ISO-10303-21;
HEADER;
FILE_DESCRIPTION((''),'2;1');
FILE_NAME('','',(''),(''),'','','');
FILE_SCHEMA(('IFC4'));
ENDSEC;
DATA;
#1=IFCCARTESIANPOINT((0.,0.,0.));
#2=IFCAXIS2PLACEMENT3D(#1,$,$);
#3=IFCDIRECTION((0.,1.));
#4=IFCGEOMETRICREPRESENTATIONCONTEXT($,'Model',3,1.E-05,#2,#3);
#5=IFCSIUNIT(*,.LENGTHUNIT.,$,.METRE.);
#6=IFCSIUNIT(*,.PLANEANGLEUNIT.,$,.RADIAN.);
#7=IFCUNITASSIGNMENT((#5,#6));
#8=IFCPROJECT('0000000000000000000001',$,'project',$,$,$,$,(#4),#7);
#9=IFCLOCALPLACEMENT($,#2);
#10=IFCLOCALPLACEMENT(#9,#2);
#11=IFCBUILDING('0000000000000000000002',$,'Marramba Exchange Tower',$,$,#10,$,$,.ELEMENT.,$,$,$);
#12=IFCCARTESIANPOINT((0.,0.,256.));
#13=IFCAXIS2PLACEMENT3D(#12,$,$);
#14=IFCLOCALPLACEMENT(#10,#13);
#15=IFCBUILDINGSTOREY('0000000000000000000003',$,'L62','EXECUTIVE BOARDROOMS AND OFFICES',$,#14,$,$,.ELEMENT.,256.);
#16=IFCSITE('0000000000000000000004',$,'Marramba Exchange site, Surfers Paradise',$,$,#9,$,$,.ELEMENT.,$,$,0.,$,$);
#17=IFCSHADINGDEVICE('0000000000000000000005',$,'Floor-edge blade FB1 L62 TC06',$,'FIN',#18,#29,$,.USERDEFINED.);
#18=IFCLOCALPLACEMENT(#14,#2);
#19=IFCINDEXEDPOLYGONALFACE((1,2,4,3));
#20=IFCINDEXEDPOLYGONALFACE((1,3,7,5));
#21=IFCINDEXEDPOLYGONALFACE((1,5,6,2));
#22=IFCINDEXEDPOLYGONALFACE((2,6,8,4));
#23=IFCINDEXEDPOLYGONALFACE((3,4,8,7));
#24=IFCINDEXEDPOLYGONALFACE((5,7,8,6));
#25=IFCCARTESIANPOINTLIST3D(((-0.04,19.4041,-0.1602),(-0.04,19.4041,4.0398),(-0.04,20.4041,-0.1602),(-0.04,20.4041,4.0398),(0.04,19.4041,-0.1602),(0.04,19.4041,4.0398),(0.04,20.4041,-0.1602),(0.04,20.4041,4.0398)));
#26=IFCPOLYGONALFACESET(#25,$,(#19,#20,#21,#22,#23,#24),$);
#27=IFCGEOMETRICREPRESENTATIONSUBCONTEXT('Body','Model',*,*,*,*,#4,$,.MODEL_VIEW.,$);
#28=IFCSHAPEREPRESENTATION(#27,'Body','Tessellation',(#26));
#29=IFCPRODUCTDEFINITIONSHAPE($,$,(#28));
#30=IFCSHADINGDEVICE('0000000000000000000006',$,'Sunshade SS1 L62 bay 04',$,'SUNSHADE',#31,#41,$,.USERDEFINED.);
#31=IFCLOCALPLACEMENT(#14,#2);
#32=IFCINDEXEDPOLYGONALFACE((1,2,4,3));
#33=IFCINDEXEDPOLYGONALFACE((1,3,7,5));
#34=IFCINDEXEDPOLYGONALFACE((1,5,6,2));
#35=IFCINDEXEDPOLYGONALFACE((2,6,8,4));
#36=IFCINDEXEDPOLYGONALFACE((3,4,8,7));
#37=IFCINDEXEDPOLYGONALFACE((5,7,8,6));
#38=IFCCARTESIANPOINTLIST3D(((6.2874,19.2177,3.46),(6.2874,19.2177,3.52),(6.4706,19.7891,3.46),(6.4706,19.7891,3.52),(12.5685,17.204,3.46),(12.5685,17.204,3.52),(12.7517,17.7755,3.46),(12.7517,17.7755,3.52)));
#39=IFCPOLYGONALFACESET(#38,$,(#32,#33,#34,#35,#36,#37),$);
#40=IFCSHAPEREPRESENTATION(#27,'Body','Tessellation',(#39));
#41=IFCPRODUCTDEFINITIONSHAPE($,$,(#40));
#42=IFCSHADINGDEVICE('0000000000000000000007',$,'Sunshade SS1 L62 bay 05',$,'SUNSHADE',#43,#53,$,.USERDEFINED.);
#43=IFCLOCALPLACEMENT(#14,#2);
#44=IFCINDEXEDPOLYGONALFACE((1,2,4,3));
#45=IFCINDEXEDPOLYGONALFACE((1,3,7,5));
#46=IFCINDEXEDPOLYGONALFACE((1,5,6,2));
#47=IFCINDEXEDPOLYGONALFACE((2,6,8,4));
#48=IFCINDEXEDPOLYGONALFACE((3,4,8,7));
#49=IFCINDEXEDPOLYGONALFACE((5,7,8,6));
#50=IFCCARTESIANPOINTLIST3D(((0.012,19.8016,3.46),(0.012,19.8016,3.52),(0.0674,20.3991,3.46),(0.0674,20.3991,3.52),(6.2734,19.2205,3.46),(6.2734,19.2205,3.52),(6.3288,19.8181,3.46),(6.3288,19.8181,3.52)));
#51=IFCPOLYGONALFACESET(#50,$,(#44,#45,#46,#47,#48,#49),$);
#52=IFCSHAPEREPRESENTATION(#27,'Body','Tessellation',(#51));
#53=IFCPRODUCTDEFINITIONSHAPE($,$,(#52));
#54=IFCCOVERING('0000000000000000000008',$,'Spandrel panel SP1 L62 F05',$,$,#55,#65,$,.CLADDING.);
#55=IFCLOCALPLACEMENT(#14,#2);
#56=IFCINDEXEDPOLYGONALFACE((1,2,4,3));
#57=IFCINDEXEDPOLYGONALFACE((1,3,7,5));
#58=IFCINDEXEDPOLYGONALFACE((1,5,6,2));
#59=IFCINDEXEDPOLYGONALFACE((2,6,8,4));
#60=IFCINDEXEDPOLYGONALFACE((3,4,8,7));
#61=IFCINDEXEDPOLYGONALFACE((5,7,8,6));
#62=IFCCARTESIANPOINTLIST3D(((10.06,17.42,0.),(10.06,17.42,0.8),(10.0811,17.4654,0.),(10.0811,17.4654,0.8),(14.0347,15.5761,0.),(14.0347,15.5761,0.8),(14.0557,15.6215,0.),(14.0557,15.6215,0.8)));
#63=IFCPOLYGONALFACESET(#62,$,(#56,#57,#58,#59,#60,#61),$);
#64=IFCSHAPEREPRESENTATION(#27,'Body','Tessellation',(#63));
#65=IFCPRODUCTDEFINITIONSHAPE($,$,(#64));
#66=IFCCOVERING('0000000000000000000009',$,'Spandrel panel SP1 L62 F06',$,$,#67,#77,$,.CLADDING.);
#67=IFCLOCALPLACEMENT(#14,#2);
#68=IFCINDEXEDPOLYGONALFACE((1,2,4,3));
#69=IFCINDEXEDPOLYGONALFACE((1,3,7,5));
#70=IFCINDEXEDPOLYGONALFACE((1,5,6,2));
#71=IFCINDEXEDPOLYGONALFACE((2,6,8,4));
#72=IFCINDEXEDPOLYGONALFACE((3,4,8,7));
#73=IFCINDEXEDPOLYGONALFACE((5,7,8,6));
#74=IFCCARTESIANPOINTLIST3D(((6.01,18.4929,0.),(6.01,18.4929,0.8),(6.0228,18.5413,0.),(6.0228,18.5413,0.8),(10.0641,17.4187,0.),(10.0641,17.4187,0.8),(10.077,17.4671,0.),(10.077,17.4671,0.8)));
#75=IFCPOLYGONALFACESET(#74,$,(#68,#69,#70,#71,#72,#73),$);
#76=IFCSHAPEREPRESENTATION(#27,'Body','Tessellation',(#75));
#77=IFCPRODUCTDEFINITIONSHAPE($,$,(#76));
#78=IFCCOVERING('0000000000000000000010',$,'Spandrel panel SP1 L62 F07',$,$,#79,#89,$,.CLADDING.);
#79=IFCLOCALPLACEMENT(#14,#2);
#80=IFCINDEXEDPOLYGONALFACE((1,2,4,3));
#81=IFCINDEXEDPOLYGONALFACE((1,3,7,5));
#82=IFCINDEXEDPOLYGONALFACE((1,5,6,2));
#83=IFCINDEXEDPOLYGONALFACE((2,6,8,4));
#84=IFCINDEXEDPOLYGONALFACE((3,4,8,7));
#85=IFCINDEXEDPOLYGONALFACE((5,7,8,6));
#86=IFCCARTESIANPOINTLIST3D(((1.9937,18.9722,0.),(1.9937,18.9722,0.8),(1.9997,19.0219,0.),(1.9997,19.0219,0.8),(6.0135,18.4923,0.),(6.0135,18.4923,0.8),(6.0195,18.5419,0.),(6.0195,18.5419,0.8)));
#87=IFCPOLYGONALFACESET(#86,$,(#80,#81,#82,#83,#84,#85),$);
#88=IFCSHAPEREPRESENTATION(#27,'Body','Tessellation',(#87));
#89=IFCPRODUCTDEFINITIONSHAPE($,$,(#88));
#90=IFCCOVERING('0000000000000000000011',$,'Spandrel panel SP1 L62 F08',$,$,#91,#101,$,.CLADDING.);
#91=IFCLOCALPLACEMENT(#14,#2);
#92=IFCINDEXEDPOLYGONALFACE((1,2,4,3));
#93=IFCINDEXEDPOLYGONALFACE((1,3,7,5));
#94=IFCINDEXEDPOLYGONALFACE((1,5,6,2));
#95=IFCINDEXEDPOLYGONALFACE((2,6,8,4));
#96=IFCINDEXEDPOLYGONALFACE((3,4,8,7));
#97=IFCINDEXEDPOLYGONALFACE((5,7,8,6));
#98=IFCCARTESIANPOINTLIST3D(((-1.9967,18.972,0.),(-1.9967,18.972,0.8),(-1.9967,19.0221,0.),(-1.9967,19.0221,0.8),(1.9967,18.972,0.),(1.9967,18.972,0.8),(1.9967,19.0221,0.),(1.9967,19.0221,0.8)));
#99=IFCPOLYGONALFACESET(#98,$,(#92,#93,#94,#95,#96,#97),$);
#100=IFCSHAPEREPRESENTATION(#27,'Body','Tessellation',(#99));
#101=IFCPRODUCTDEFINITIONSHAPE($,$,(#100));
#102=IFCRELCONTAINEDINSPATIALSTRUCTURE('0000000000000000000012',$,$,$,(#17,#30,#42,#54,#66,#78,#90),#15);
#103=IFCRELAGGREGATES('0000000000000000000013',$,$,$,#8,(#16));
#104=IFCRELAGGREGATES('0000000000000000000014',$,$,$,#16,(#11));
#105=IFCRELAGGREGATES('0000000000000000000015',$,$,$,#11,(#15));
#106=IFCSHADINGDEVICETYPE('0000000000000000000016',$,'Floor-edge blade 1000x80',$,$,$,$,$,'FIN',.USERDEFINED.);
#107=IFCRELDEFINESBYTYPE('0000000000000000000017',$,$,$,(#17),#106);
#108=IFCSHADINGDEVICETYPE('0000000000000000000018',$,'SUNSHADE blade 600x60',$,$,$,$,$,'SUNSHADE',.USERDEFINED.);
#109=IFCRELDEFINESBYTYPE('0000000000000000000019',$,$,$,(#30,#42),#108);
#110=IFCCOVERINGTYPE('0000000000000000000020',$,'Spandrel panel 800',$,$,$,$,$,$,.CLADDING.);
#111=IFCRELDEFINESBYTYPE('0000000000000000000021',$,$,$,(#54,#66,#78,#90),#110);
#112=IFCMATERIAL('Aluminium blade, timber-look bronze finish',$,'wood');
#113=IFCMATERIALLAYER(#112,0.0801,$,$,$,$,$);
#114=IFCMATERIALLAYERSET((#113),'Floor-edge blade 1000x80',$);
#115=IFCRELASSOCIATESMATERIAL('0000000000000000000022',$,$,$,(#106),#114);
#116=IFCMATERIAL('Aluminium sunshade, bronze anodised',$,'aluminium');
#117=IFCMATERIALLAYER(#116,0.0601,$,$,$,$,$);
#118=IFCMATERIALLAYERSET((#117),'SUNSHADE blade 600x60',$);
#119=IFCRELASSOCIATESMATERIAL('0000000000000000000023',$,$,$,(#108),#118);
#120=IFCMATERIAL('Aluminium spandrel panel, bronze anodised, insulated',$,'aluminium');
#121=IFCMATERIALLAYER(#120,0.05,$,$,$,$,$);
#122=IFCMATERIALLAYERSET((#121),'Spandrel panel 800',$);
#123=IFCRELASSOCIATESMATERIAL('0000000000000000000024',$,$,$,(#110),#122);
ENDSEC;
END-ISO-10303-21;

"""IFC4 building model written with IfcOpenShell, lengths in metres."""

from ifc_helpers import new_model, si_unit, direction, frame, origin, origin_2d, place, context, subcontext, project, spatial, rectangle, extrude, material, layer, layer_set, type_object, element, save


model = new_model("IFC4")

# Units and contexts
model_context = context("Model", 3, precision=1e-05, world=origin(), true_north=direction((0.0, 1.0)))
body_context = subcontext(model_context, "Body", "Model", "MODEL_VIEW")
ifc_project = project(units=[si_unit("LENGTHUNIT", "METRE"), si_unit("PLANEANGLEUNIT", "RADIAN")], contexts=[model_context])

# Site, building, storey
site_placement = place(None, origin())
site = spatial("IfcSite", under=ifc_project, at=site_placement, Name="Marramba Exchange site, Surfers Paradise", CompositionType="ELEMENT", RefElevation=0.0)
building_placement = place(site_placement, origin())
building = spatial("IfcBuilding", under=site, at=building_placement, Name="Marramba Exchange Tower", CompositionType="ELEMENT")
storey_placement = place(building_placement, frame((0.0, 0.0, 256.0)))
storey = spatial("IfcBuildingStorey", under=building, at=storey_placement, Name="L62", Description="EXECUTIVE BOARDROOMS AND OFFICES", CompositionType="ELEMENT", Elevation=256.0)

# Shading devices
ifc_material_1 = material(Name="Aluminium blade, timber-look bronze finish", Category="wood")
ifc_layer_1 = layer(ifc_material_1, 0.0801)
ifc_layer_set_1 = layer_set([ifc_layer_1], Name="Floor-edge blade 1000x80")
shading_device_type_1 = type_object("IfcShadingDeviceType", Name="Floor-edge blade 1000x80", ElementType="FIN", PredefinedType="USERDEFINED", material=ifc_layer_set_1)
for number, where, z_axis, x_axis, name in (
    (1, (0.0, 19.9041, -0.1602), (0.0, 0.0, 1.0), (0.0, 1.0, 0.0), "Floor-edge blade FB1 L62 TC06"),
):
    element("IfcShadingDevice", number, at=place(storey_placement, frame(where, z_axis=z_axis, x_axis=x_axis)), inside=storey, type_object=shading_device_type_1, Name=name, ObjectType="FIN", PredefinedType="USERDEFINED", context=body_context, shape_type="SweptSolid", body=[
        extrude(rectangle(XDim=1.0, YDim=0.0801, at=origin_2d()), origin(), (0.0, 0.0, 1.0), 4.2),
    ])
ifc_material_2 = material(Name="Aluminium sunshade, bronze anodised", Category="aluminium")
ifc_layer_2 = layer(ifc_material_2, 0.0601)
ifc_layer_set_2 = layer_set([ifc_layer_2], Name="SUNSHADE blade 600x60")
shading_device_type_2 = type_object("IfcShadingDeviceType", Name="SUNSHADE blade 600x60", ElementType="SUNSHADE", PredefinedType="USERDEFINED", material=ifc_layer_set_2)
shading_device_1_placement = place(storey_placement, frame((9.5195, 18.4966, 3.46), z_axis=(0.0, 0.0, 1.0), x_axis=(-0.95226, 0.305289, 0.0)))
element("IfcShadingDevice", 2, at=shading_device_1_placement, inside=storey, type_object=shading_device_type_2, Name="Sunshade SS1 L62 bay 04", ObjectType="SUNSHADE", PredefinedType="USERDEFINED", context=body_context, shape_type="SweptSolid", body=[
    extrude(rectangle(XDim=6.5959, YDim=0.6001, at=origin_2d()), origin(), (0.0, 0.0, 1.0), 0.0601),
])
shading_device_2_placement = place(storey_placement, frame((3.1704, 19.8098, 3.46), z_axis=(0.0, 0.0, 1.0), x_axis=(-0.995722, 0.092397, 0.0)))
element("IfcShadingDevice", 3, at=shading_device_2_placement, inside=storey, type_object=shading_device_type_2, Name="Sunshade SS1 L62 bay 05", ObjectType="SUNSHADE", PredefinedType="USERDEFINED", context=body_context, shape_type="SweptSolid", body=[
    extrude(rectangle(XDim=6.2883, YDim=0.6001, at=origin_2d()), origin(), (0.0, 0.0, 1.0), 0.0601),
])

# Coverings
ifc_material_3 = material(Name="Aluminium spandrel panel, bronze anodised, insulated", Category="aluminium")
ifc_layer_3 = layer(ifc_material_3, 0.05)
ifc_layer_set_3 = layer_set([ifc_layer_3], Name="Spandrel panel 800")
covering_type = type_object("IfcCoveringType", Name="Spandrel panel 800", PredefinedType="CLADDING", material=ifc_layer_set_3)
covering_1_placement = place(storey_placement, frame((12.0579, 16.5208, 0.0), z_axis=(0.0, 0.0, 1.0), x_axis=(-0.907131, 0.420849, 0.0)))
element("IfcCovering", 4, at=covering_1_placement, inside=storey, type_object=covering_type, Name="Spandrel panel SP1 L62 F05", PredefinedType="CLADDING", context=body_context, shape_type="SweptSolid", body=[
    extrude(rectangle(XDim=4.3816, YDim=0.05, at=origin_2d()), origin(), (0.0, 0.0, 1.0), 0.8),
])
covering_2_placement = place(storey_placement, frame((8.0435, 17.98, 0.0), z_axis=(0.0, 0.0, 1.0), x_axis=(-0.966644, 0.256126, 0.0)))
element("IfcCovering", 5, at=covering_2_placement, inside=storey, type_object=covering_type, Name="Spandrel panel SP1 L62 F06", PredefinedType="CLADDING", context=body_context, shape_type="SweptSolid", body=[
    extrude(rectangle(XDim=4.1941, YDim=0.05, at=origin_2d()), origin(), (0.0, 0.0, 1.0), 0.8),
])
covering_3_placement = place(storey_placement, frame((4.0066, 18.7571, 0.0), z_axis=(0.0, 0.0, 1.0), x_axis=(-0.992947, 0.118557, 0.0)))
element("IfcCovering", 6, at=covering_3_placement, inside=storey, type_object=covering_type, Name="Spandrel panel SP1 L62 F07", PredefinedType="CLADDING", context=body_context, shape_type="SweptSolid", body=[
    extrude(rectangle(XDim=4.0483, YDim=0.05, at=origin_2d()), origin(), (0.0, 0.0, 1.0), 0.8),
])
covering_4_placement = place(storey_placement, frame((0.0, 18.9971, 0.0), z_axis=(0.0, 0.0, 1.0), x_axis=(-1.0, 0.0, 0.0)))
element("IfcCovering", 7, at=covering_4_placement, inside=storey, type_object=covering_type, Name="Spandrel panel SP1 L62 F08", PredefinedType="CLADDING", context=body_context, shape_type="SweptSolid", body=[
    extrude(rectangle(XDim=3.9934, YDim=0.05, at=origin_2d()), origin(), (0.0, 0.0, 1.0), 0.8),
])

save(model, "model.ifc")
